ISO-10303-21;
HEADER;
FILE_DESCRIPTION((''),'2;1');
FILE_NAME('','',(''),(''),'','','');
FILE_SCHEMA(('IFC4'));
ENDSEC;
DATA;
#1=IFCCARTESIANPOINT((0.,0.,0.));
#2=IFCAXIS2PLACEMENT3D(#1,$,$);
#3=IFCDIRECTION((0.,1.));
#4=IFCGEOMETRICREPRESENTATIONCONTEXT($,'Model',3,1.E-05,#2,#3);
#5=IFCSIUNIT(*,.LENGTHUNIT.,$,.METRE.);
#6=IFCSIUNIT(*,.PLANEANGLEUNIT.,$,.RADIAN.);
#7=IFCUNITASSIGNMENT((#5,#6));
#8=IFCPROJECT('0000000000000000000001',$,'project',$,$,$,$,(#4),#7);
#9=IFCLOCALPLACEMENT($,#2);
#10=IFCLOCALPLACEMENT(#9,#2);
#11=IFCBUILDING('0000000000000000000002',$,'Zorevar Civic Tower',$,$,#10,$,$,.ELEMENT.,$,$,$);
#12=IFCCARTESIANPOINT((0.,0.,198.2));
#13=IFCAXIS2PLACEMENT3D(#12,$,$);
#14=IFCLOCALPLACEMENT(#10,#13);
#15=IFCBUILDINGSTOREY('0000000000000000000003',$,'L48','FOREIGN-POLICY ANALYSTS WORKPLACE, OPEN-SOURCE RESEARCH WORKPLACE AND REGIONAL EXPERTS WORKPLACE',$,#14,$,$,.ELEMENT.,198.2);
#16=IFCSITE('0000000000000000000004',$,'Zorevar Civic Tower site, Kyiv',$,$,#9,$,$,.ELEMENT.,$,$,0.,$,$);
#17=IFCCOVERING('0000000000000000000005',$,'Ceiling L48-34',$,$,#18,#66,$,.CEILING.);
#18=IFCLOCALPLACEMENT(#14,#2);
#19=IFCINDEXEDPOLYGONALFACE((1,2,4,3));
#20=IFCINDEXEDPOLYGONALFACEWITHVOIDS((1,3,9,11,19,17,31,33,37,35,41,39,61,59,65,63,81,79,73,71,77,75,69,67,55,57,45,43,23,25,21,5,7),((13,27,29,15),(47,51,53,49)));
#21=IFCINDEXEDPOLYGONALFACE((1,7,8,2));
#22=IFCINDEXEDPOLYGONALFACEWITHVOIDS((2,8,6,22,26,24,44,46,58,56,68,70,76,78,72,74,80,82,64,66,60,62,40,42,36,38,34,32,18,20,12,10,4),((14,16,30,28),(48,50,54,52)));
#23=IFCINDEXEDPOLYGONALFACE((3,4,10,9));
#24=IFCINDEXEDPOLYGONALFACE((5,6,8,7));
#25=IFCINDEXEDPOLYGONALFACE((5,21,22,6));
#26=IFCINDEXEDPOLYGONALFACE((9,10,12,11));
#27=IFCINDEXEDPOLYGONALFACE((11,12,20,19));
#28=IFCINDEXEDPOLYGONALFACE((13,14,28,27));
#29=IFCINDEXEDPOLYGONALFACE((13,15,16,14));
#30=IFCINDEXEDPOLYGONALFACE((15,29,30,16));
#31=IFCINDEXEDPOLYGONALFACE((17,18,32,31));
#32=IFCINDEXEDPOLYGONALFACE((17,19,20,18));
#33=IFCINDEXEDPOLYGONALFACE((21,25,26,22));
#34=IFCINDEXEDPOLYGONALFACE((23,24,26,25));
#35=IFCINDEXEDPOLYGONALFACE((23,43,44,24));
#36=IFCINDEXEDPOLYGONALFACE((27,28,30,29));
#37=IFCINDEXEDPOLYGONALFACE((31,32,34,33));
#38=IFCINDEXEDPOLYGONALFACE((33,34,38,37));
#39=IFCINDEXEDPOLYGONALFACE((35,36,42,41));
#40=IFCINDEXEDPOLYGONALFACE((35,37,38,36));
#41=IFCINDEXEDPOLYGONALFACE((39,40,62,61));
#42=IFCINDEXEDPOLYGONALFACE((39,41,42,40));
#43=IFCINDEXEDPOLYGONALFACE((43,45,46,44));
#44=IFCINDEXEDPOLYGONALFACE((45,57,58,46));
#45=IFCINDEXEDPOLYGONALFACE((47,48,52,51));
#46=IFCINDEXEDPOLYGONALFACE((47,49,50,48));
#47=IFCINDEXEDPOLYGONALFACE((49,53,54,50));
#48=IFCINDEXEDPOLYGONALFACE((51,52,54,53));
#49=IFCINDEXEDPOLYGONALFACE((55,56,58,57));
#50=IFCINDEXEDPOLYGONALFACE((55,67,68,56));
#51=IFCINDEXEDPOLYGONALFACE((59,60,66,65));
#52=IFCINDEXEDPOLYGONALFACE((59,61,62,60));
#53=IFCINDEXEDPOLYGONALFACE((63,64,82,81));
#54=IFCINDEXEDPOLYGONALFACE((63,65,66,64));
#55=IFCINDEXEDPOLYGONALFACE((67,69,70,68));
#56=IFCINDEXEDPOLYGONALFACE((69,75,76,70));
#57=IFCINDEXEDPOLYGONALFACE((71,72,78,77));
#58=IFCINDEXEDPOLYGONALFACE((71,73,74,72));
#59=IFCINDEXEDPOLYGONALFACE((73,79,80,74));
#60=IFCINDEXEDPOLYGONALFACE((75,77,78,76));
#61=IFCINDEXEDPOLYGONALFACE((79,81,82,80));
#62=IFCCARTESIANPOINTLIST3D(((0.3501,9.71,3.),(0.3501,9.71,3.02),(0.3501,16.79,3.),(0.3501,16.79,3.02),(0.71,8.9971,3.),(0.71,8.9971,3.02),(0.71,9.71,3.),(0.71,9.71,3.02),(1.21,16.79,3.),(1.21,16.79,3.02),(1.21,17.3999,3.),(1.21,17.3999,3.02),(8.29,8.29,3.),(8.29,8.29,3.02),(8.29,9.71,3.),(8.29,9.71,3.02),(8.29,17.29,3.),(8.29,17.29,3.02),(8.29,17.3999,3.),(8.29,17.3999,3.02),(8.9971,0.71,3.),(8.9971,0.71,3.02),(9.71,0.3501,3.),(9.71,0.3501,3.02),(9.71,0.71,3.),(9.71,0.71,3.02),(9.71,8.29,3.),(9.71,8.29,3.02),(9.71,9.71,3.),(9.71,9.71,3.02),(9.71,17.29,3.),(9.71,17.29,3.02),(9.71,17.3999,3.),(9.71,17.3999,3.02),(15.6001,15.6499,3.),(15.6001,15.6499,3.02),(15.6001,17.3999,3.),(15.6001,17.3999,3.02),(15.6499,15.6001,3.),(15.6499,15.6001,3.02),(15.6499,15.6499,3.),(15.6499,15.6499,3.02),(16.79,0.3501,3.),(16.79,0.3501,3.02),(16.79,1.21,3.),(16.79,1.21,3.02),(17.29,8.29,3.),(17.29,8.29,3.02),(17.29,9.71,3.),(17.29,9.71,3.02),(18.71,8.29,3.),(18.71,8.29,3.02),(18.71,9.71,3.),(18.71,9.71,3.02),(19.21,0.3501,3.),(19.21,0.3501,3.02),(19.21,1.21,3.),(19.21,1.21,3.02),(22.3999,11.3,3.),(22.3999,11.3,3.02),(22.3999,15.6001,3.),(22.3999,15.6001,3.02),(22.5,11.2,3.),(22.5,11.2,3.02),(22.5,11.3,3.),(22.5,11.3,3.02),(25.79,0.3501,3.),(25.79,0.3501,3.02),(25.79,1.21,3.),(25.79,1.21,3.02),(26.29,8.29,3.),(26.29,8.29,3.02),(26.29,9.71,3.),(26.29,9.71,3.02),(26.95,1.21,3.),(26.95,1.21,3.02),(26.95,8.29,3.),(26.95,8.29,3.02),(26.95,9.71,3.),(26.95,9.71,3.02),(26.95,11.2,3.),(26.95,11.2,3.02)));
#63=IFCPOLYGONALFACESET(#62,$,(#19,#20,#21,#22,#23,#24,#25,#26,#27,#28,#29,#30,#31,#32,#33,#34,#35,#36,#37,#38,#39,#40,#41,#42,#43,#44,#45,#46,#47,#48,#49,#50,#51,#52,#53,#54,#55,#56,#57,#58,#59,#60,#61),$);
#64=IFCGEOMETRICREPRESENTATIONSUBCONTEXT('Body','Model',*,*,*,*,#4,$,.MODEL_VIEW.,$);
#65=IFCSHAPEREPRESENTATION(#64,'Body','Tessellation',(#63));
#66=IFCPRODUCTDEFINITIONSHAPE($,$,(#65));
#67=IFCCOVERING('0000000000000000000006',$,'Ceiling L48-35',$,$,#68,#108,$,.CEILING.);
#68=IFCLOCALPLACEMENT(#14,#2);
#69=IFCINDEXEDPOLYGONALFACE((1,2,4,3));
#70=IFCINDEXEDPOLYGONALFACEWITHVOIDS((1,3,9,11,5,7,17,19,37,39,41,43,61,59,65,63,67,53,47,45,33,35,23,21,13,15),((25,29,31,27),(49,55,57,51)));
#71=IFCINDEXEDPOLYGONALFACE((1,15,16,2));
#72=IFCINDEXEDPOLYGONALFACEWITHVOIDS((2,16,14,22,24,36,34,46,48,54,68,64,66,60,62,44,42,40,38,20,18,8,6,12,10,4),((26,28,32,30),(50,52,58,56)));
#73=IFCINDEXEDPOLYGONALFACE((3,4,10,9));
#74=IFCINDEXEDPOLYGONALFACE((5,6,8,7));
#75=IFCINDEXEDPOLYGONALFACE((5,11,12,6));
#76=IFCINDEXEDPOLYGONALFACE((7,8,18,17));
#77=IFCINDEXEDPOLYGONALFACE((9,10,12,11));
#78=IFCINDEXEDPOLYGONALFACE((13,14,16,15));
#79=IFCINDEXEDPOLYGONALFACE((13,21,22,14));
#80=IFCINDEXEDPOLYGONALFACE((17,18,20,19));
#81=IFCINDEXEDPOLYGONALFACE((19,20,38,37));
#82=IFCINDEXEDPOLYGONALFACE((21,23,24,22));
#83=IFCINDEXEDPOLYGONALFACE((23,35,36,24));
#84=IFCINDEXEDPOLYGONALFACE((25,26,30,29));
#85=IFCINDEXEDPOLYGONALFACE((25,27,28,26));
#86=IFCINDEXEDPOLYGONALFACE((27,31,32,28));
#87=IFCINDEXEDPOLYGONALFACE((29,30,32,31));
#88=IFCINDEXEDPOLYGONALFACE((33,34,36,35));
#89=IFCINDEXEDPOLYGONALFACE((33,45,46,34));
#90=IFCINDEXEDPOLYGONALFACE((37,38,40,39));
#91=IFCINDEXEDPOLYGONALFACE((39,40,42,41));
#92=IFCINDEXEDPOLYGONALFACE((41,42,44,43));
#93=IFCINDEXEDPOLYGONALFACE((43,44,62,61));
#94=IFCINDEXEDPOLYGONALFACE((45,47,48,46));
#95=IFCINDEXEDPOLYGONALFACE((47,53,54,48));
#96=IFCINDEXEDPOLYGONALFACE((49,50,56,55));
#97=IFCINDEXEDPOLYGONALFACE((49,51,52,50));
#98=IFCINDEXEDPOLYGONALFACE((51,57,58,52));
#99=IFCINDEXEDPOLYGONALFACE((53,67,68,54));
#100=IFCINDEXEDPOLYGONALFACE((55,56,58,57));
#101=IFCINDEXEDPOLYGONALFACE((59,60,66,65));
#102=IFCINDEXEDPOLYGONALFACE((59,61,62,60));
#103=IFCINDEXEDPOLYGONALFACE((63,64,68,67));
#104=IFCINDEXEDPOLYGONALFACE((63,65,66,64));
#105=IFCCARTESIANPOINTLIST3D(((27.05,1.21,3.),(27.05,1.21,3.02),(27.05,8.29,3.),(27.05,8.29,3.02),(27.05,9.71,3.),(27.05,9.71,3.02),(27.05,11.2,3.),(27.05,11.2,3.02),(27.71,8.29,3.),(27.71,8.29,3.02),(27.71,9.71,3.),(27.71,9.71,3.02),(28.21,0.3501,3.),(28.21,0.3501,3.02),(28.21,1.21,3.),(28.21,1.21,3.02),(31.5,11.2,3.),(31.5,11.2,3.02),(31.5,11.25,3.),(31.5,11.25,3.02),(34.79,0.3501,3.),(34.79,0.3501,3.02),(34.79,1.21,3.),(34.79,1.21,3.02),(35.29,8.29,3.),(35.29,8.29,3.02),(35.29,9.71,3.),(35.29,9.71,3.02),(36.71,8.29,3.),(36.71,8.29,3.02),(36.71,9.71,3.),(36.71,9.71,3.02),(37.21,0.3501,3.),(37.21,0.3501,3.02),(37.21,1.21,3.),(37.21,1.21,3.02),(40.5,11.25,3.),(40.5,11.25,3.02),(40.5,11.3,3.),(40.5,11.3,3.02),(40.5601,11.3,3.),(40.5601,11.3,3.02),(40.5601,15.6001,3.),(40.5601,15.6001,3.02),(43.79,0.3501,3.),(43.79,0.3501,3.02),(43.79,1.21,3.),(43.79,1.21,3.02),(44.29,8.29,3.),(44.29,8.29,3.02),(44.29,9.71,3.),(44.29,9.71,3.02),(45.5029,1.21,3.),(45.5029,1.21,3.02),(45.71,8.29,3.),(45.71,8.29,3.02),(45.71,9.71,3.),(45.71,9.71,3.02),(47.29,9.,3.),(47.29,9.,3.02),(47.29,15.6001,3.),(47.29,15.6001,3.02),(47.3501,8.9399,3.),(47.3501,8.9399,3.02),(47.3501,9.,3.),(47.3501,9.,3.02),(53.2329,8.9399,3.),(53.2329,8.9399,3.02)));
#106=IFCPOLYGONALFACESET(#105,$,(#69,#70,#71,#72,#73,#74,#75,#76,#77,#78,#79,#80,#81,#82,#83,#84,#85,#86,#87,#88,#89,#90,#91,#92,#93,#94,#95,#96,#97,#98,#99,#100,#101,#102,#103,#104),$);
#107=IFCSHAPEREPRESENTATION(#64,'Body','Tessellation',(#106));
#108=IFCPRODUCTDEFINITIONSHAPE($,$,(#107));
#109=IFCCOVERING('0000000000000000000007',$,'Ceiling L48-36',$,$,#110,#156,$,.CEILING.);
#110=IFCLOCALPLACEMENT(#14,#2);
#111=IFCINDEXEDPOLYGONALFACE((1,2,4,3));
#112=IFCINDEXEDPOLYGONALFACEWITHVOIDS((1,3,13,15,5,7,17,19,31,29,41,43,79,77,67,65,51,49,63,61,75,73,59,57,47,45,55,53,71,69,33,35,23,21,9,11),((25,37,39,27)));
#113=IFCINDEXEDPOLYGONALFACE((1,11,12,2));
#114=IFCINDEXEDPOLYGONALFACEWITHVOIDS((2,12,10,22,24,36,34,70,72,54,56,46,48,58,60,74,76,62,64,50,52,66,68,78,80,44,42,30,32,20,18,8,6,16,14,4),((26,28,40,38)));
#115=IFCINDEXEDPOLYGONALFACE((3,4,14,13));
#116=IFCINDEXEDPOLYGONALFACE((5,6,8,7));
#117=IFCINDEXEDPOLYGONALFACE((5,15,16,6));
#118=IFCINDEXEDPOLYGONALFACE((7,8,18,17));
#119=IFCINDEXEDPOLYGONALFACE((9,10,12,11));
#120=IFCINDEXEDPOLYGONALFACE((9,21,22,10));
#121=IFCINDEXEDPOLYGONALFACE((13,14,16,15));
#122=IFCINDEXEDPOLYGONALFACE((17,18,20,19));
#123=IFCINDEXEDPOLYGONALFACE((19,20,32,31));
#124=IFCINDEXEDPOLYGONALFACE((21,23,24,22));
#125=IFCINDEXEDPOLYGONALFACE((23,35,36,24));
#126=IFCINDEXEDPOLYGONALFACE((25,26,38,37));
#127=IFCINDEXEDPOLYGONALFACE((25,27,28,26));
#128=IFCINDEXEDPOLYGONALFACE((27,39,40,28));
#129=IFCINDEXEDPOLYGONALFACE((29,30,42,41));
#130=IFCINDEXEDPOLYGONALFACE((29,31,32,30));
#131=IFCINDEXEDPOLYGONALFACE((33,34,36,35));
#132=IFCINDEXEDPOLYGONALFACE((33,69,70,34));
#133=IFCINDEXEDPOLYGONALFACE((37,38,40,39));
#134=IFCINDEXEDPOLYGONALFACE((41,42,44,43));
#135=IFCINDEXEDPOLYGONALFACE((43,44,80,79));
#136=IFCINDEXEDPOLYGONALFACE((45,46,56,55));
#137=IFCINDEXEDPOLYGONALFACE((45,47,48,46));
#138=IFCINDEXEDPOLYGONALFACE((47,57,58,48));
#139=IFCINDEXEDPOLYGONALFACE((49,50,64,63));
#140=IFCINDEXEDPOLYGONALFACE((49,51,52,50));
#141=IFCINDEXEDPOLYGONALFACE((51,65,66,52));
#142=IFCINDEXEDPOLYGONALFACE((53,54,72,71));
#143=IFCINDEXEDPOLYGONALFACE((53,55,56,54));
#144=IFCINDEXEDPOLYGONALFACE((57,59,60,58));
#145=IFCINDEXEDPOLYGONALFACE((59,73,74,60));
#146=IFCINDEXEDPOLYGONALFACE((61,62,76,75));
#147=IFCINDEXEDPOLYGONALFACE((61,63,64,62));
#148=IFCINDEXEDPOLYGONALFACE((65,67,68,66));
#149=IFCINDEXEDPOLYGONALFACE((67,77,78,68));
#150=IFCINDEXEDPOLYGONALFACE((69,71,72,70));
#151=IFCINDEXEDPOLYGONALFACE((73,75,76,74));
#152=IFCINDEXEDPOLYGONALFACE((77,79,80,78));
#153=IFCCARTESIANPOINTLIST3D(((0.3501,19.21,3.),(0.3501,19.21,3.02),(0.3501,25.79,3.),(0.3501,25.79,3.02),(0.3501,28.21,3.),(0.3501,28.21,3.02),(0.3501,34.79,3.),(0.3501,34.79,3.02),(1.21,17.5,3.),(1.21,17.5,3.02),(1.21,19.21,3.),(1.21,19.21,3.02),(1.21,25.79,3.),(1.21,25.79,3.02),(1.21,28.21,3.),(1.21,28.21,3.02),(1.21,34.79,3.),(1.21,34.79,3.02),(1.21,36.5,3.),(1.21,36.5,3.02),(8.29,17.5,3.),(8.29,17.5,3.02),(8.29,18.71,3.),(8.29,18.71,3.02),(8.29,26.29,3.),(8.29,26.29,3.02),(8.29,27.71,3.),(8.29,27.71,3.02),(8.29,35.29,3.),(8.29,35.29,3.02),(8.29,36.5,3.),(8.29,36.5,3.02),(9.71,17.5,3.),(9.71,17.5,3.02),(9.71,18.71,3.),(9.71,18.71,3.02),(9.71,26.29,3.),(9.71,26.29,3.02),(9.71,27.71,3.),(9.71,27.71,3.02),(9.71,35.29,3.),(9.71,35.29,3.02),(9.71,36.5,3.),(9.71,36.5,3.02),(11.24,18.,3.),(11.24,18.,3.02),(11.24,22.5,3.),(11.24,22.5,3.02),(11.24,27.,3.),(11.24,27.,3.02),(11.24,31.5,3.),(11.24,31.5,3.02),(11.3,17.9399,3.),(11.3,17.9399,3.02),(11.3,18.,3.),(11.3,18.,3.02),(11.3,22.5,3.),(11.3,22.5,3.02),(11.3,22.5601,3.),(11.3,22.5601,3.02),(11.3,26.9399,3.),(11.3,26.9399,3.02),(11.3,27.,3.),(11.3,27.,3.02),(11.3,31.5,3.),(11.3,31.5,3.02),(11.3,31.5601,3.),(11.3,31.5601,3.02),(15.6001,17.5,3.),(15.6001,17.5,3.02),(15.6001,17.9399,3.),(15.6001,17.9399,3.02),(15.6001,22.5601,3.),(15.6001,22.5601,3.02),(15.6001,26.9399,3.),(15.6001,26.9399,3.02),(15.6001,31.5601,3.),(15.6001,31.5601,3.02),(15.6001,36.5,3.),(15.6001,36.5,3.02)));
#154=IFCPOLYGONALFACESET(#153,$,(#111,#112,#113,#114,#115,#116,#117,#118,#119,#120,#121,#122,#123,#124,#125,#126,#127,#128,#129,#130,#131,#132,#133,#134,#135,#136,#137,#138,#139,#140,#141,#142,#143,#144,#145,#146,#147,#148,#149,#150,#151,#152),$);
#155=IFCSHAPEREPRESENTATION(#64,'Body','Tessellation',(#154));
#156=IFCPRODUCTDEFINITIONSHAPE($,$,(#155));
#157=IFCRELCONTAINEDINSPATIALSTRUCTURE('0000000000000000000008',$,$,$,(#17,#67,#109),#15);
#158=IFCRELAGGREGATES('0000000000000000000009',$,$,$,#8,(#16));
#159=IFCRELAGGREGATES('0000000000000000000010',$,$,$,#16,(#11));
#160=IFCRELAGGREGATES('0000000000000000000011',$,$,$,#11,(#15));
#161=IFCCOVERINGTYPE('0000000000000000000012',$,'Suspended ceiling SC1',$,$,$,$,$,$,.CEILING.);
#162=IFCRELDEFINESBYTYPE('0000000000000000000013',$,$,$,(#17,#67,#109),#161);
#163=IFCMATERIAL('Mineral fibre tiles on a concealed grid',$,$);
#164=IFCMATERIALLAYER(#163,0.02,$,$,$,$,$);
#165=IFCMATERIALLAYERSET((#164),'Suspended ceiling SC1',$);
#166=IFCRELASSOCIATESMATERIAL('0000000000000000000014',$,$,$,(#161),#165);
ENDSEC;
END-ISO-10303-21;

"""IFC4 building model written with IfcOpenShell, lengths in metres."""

from ifc_helpers import new_model, si_unit, direction, frame, origin, place, context, subcontext, project, spatial, polyline, outline, extrude, material, layer, layer_set, type_object, element, save


model = new_model("IFC4")

# Units and contexts
model_context = context("Model", 3, precision=1e-05, world=origin(), true_north=direction((0.0, 1.0)))
body_context = subcontext(model_context, "Body", "Model", "MODEL_VIEW")
ifc_project = project(units=[si_unit("LENGTHUNIT", "METRE"), si_unit("PLANEANGLEUNIT", "RADIAN")], contexts=[model_context])

# Site, building, storey
site_placement = place(None, origin())
site = spatial("IfcSite", under=ifc_project, at=site_placement, Name="Zorevar Civic Tower site, Kyiv", CompositionType="ELEMENT", RefElevation=0.0)
building_placement = place(site_placement, origin())
building = spatial("IfcBuilding", under=site, at=building_placement, Name="Zorevar Civic Tower", CompositionType="ELEMENT")
storey_placement = place(building_placement, frame((0.0, 0.0, 198.2)))
storey = spatial("IfcBuildingStorey", under=building, at=storey_placement, Name="L48", Description="FOREIGN-POLICY ANALYSTS WORKPLACE, OPEN-SOURCE RESEARCH WORKPLACE AND REGIONAL EXPERTS WORKPLACE", CompositionType="ELEMENT", Elevation=198.2)

# Coverings
ifc_material_1 = material(Name="Mineral fibre tiles on a concealed grid")
ifc_layer_1 = layer(ifc_material_1, 0.02)
ifc_layer_set_1 = layer_set([ifc_layer_1], Name="Suspended ceiling SC1")
covering_type_1 = type_object("IfcCoveringType", Name="Suspended ceiling SC1", PredefinedType="CEILING", material=ifc_layer_set_1)
covering_1_placement = place(storey_placement, frame((0.0, 0.0, 3.0)))
element("IfcCovering", 1, at=covering_1_placement, inside=storey, type_object=covering_type_1, Name="Ceiling L48-34", PredefinedType="CEILING", context=body_context, shape_type="SweptSolid", body=[
    extrude(outline(polyline([(9.71, 17.29), (9.71, 17.3999), (15.6001, 17.3999), (15.6001, 15.6499), (15.6499, 15.6499), (15.6499, 15.6001), (22.3999, 15.6001), (22.3999, 11.3), (22.5, 11.3), (22.5, 11.2), (26.95, 11.2), (26.95, 9.71), (26.29, 9.71), (26.29, 8.29), (26.95, 8.29), (26.95, 1.21), (25.79, 1.21), (25.79, 0.3501), (19.21, 0.3501), (19.21, 1.21), (16.79, 1.21), (16.79, 0.3501), (9.71, 0.3501), (9.71, 0.71), (8.9971, 0.71), (0.71, 8.9971), (0.71, 9.71), (0.3501, 9.71), (0.3501, 16.79), (1.21, 16.79), (1.21, 17.3999), (8.29, 17.3999), (8.29, 17.29), (9.71, 17.29)]), holes=[polyline([(8.29, 8.29), (9.71, 8.29), (9.71, 9.71), (8.29, 9.71), (8.29, 8.29)]), polyline([(18.71, 8.29), (18.71, 9.71), (17.29, 9.71), (17.29, 8.29), (18.71, 8.29)])]), origin(), (0.0, 0.0, 1.0), 0.02),
])
covering_2_placement = place(storey_placement, frame((0.0, 0.0, 3.0)))
element("IfcCovering", 2, at=covering_2_placement, inside=storey, type_object=covering_type_1, Name="Ceiling L48-35", PredefinedType="CEILING", context=body_context, shape_type="SweptSolid", body=[
    extrude(outline(polyline([(43.79, 1.21), (43.79, 0.3501), (37.21, 0.3501), (37.21, 1.21), (34.79, 1.21), (34.79, 0.3501), (28.21, 0.3501), (28.21, 1.21), (27.05, 1.21), (27.05, 8.29), (27.71, 8.29), (27.71, 9.71), (27.05, 9.71), (27.05, 11.2), (31.5, 11.2), (31.5, 11.25), (40.5, 11.25), (40.5, 11.3), (40.5601, 11.3), (40.5601, 15.6001), (47.29, 15.6001), (47.29, 9.0), (47.3501, 9.0), (47.3501, 8.9399), (53.2329, 8.9399), (45.5029, 1.21), (43.79, 1.21)]), holes=[polyline([(36.71, 9.71), (35.29, 9.71), (35.29, 8.29), (36.71, 8.29), (36.71, 9.71)]), polyline([(44.29, 8.29), (45.71, 8.29), (45.71, 9.71), (44.29, 9.71), (44.29, 8.29)])]), origin(), (0.0, 0.0, 1.0), 0.02),
])
covering_3_placement = place(storey_placement, frame((0.0, 0.0, 3.0)))
element("IfcCovering", 3, at=covering_3_placement, inside=storey, type_object=covering_type_1, Name="Ceiling L48-36", PredefinedType="CEILING", context=body_context, shape_type="SweptSolid", body=[
    extrude(outline(polyline([(11.24, 22.5), (11.24, 18.0), (11.3, 18.0), (11.3, 17.9399), (15.6001, 17.9399), (15.6001, 17.5), (9.71, 17.5), (9.71, 18.71), (8.29, 18.71), (8.29, 17.5), (1.21, 17.5), (1.21, 19.21), (0.3501, 19.21), (0.3501, 25.79), (1.21, 25.79), (1.21, 28.21), (0.3501, 28.21), (0.3501, 34.79), (1.21, 34.79), (1.21, 36.5), (8.29, 36.5), (8.29, 35.29), (9.71, 35.29), (9.71, 36.5), (15.6001, 36.5), (15.6001, 31.5601), (11.3, 31.5601), (11.3, 31.5), (11.24, 31.5), (11.24, 27.0), (11.3, 27.0), (11.3, 26.9399), (15.6001, 26.9399), (15.6001, 22.5601), (11.3, 22.5601), (11.3, 22.5), (11.24, 22.5)]), holes=[polyline([(8.29, 27.71), (8.29, 26.29), (9.71, 26.29), (9.71, 27.71), (8.29, 27.71)])]), origin(), (0.0, 0.0, 1.0), 0.02),
])

save(model, "model.ifc")
